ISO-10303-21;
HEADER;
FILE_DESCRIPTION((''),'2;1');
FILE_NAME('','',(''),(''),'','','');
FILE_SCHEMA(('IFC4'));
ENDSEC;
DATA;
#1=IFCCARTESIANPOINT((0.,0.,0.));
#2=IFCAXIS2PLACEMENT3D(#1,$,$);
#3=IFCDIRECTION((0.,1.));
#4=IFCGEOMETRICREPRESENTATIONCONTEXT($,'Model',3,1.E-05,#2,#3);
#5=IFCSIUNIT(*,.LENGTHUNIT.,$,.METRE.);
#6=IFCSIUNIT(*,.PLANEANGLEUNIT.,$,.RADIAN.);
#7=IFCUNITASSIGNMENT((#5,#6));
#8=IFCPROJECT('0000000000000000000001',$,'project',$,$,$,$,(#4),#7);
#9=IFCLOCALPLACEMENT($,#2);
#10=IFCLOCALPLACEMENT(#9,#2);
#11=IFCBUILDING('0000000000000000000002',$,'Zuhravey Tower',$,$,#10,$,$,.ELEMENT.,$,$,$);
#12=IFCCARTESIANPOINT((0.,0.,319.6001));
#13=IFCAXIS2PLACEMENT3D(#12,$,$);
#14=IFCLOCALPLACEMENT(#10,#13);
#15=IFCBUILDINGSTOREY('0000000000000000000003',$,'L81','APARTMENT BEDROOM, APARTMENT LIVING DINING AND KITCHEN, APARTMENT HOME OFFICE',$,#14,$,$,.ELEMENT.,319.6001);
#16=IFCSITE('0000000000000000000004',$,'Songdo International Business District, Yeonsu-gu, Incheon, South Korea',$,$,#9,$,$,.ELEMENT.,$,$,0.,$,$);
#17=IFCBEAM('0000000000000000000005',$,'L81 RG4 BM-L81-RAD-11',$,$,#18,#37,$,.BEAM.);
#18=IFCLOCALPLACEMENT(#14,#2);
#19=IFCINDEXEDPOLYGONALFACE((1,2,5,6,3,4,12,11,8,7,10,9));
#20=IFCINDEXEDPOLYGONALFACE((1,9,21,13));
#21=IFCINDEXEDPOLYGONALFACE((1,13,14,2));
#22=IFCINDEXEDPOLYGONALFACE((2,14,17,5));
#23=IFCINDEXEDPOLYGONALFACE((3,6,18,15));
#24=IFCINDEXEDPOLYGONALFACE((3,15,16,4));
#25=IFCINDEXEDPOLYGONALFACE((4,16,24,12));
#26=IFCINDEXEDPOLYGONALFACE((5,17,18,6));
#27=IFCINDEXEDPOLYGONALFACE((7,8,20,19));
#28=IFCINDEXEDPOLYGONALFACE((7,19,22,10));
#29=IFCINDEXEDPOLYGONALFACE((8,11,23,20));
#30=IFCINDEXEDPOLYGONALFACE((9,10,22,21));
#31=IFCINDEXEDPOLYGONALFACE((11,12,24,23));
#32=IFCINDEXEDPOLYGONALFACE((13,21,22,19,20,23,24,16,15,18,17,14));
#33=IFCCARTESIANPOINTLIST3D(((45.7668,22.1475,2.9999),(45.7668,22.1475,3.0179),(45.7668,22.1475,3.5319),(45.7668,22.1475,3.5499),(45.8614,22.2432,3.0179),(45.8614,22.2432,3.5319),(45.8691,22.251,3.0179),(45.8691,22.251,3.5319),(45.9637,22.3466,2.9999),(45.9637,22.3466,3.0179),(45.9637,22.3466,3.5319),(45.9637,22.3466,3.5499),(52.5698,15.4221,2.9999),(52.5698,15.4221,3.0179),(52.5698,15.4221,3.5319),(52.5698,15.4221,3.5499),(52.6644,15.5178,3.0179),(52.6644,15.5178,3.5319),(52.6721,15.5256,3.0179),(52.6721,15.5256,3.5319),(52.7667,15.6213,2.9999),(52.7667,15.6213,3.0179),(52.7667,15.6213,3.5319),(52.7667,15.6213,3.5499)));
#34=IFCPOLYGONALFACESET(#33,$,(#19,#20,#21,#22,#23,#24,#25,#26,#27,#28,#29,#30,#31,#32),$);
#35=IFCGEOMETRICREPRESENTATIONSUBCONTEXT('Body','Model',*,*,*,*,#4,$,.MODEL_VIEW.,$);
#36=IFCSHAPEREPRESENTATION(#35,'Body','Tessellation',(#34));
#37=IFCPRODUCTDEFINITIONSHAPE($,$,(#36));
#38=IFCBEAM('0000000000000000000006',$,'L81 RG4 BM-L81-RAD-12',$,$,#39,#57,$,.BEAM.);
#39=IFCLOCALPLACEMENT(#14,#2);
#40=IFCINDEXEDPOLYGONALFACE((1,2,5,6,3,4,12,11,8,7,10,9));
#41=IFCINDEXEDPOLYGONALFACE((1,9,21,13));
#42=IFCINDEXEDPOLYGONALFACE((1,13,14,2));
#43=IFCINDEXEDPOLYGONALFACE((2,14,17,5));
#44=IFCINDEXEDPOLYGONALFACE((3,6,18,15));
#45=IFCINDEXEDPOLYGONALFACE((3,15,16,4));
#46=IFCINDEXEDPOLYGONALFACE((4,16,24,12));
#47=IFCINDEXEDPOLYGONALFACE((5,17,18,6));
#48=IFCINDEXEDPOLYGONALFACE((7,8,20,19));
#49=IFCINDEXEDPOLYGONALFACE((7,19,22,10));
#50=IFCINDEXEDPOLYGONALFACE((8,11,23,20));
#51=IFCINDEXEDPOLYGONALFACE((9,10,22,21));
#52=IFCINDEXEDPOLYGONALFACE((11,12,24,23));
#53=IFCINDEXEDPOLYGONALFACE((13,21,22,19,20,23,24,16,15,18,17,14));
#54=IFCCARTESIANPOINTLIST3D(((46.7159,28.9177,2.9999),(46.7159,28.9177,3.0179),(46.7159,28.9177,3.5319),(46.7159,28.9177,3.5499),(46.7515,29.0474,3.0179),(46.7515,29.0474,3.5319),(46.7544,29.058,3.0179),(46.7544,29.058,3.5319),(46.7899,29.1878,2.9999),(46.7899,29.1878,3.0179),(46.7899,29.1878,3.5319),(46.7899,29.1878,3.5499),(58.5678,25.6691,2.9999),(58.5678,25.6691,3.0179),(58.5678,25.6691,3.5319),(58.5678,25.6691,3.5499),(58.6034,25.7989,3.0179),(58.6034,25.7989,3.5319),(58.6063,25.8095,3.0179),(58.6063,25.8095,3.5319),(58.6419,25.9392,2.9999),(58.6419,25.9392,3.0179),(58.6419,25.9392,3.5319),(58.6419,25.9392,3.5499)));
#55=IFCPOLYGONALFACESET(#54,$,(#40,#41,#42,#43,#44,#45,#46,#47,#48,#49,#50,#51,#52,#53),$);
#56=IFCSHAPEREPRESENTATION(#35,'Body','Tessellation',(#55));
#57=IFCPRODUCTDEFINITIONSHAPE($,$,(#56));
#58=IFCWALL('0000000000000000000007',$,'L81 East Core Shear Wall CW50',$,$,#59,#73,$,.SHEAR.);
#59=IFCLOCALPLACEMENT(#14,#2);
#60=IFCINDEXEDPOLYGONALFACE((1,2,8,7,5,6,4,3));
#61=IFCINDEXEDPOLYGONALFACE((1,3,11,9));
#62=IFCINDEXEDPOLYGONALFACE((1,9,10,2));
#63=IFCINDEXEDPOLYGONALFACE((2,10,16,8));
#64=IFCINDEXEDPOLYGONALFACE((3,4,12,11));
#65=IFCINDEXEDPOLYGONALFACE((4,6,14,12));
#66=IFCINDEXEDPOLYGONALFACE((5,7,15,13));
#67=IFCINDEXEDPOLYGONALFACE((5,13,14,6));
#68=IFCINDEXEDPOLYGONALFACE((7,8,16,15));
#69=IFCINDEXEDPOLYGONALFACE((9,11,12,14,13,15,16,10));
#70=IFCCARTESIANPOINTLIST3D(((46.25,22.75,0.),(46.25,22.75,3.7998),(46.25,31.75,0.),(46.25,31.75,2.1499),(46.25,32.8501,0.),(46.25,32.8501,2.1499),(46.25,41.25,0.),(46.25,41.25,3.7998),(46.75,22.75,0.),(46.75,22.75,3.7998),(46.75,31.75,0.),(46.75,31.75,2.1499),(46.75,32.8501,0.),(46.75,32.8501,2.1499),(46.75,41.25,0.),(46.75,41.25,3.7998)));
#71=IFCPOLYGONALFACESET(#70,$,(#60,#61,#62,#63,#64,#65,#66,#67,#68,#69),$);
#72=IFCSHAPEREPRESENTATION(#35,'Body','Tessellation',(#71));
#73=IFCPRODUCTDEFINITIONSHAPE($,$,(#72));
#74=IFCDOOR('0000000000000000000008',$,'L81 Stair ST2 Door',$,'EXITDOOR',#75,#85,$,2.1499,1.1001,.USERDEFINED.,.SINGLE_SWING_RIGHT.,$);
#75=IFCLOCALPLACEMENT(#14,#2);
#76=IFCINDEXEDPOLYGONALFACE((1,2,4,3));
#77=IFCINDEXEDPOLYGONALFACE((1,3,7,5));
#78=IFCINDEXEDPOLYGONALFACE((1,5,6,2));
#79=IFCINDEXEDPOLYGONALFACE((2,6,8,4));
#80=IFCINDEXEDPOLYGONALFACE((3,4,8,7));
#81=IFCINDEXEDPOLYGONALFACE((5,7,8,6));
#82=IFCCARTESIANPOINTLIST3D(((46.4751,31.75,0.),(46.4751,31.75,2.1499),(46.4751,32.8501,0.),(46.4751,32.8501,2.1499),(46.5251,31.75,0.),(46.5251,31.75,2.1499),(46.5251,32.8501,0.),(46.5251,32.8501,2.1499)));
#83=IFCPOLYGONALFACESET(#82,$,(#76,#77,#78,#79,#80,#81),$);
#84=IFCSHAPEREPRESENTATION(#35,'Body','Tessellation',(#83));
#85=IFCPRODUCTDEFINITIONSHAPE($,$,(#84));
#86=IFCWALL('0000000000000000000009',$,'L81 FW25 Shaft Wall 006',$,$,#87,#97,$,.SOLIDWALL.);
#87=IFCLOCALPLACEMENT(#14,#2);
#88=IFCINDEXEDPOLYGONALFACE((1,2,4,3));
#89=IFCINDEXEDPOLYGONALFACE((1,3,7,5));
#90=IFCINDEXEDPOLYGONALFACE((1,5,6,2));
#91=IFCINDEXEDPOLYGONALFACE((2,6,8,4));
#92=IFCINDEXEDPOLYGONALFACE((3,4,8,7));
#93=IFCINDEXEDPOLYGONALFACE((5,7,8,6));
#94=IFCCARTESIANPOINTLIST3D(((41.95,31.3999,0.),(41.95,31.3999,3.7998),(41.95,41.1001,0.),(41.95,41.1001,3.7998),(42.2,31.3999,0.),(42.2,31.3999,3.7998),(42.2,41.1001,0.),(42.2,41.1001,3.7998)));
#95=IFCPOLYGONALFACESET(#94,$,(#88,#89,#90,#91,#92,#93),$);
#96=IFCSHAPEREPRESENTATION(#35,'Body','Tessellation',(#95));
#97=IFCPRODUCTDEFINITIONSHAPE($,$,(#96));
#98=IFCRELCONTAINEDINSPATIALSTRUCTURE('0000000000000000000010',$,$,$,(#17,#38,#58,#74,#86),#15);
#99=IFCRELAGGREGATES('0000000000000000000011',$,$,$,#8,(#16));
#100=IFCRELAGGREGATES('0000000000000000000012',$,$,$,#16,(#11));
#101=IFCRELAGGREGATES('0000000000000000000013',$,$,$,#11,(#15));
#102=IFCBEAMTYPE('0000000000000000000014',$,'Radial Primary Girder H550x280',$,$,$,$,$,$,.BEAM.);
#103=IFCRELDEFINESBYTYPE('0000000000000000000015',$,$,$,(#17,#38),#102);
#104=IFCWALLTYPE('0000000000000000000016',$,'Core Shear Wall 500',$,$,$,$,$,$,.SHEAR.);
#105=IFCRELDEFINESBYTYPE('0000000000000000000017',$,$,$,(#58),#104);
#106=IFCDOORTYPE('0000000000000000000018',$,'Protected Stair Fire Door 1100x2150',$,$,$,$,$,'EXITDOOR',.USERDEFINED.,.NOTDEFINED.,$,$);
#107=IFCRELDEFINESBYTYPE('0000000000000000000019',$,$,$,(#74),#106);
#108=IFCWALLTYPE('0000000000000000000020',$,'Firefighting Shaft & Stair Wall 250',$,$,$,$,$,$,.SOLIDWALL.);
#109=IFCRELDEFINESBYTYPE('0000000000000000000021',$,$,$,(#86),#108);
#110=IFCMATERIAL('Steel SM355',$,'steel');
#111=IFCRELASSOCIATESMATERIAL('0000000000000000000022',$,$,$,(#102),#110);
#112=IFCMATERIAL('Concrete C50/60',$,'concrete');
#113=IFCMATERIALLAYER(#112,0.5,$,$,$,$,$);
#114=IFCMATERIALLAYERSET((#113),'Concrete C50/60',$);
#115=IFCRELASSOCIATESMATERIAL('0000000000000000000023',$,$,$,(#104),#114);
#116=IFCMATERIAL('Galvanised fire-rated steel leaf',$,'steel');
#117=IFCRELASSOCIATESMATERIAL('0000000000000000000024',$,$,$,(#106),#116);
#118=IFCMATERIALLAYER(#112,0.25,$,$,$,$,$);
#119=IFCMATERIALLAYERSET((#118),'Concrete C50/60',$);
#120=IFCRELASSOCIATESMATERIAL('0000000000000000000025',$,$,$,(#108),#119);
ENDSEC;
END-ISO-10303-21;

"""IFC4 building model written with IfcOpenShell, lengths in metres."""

from ifc_helpers import new_model, si_unit, direction, frame, frame_2d, origin, origin_2d, place, context, subcontext, project, spatial, rectangle, i_section, extrude, material, layer, layer_set, material_profile, profile_set, type_object, element, fill, save


model = new_model("IFC4")

# Units and contexts
model_context = context("Model", 3, precision=1e-05, world=origin(), true_north=direction((0.0, 1.0)))
body_context = subcontext(model_context, "Body", "Model", "MODEL_VIEW")
ifc_project = project(units=[si_unit("LENGTHUNIT", "METRE"), si_unit("PLANEANGLEUNIT", "RADIAN")], contexts=[model_context])

# Site, building, storey
site_placement = place(None, origin())
site = spatial("IfcSite", under=ifc_project, at=site_placement, Name="Songdo International Business District, Yeonsu-gu, Incheon, South Korea", CompositionType="ELEMENT", RefElevation=0.0)
building_placement = place(site_placement, origin())
building = spatial("IfcBuilding", under=site, at=building_placement, Name="Zuhravey Tower", CompositionType="ELEMENT")
storey_placement = place(building_placement, frame((0.0, 0.0, 319.6001)))
storey = spatial("IfcBuildingStorey", under=building, at=storey_placement, Name="L81", Description="APARTMENT BEDROOM, APARTMENT LIVING DINING AND KITCHEN, APARTMENT HOME OFFICE", CompositionType="ELEMENT", Elevation=319.6001)

# Beams
ifc_material_1 = material(Name="Steel SM355", Category="steel")
ifc_material_profile = material_profile(ifc_material_1, i_section(OverallWidth=0.28, OverallDepth=0.55, WebThickness=0.011, FlangeThickness=0.0181, at=origin_2d()), Name="H-550x280x11x18")
ifc_profile_set = profile_set([ifc_material_profile], Name="Steel SM355")
beam_type = type_object("IfcBeamType", Name="Radial Primary Girder H550x280", PredefinedType="BEAM", material=ifc_profile_set)
beam_1_placement = place(storey_placement, frame((45.8652, 22.2471, 3.2749), z_axis=(0.711153, -0.703037, 0.0), x_axis=(0.703037, 0.711153, 0.0)))
element("IfcBeam", 1, at=beam_1_placement, inside=storey, type_object=beam_type, Name="L81 RG4 BM-L81-RAD-11", PredefinedType="BEAM", context=body_context, shape_type="SweptSolid", body=[
    extrude(i_section(OverallWidth=0.28, OverallDepth=0.55, WebThickness=0.011, FlangeThickness=0.0181, at=origin_2d()), origin(), (0.0, 0.0, 1.0), 9.5662),
])
beam_2_placement = place(storey_placement, frame((46.7529, 29.0527, 3.2749), z_axis=(0.964428, -0.264346, 0.0), x_axis=(0.264346, 0.964428, 0.0)))
element("IfcBeam", 2, at=beam_2_placement, inside=storey, type_object=beam_type, Name="L81 RG4 BM-L81-RAD-12", PredefinedType="BEAM", context=body_context, shape_type="SweptSolid", body=[
    extrude(i_section(OverallWidth=0.28, OverallDepth=0.55, WebThickness=0.011, FlangeThickness=0.0181, at=origin_2d()), origin(), (0.0, 0.0, 1.0), 12.2891),
])

# Wall, opening, door
ifc_material_2 = material(Name="Concrete C50/60", Category="concrete")
ifc_layer_1 = layer(ifc_material_2, 0.5)
ifc_layer_set_1 = layer_set([ifc_layer_1], Name="Concrete C50/60")
wall_type_1 = type_object("IfcWallType", Name="Core Shear Wall 500", PredefinedType="SHEAR", material=ifc_layer_set_1)
wall_1_placement = place(storey_placement, frame((46.5, 22.75, 0.0), z_axis=(0.0, 0.0, 1.0), x_axis=(0.0, 1.0, 0.0)))
wall_1 = element("IfcWall", 3, at=wall_1_placement, inside=storey, type_object=wall_type_1, Name="L81 East Core Shear Wall CW50", PredefinedType="SHEAR", context=body_context, shape_type="SweptSolid", body=[
    extrude(rectangle(XDim=18.5, YDim=0.5, at=frame_2d((9.25, 0.0))), origin(), (0.0, 0.0, 1.0), 3.7998),
])
opening_1_placement = place(wall_1_placement, frame((9.0, 0.0, 0.0)))
opening_1 = element("IfcOpeningElement", 4, at=opening_1_placement, cuts=wall_1, PredefinedType="OPENING", context=body_context, shape_type="SweptSolid", body=[
    extrude(rectangle(XDim=1.1001, YDim=2.1499, at=frame_2d((0.55, 1.075))), frame((0.0, 0.262, 0.0), z_axis=(0.0, -1.0, 0.0), x_axis=(1.0, 0.0, 0.0)), (0.0, 0.0, 1.0), 0.5239),
])
ifc_material_3 = material(Name="Galvanised fire-rated steel leaf", Category="steel")
door_type_1 = type_object("IfcDoorType", Name="Protected Stair Fire Door 1100x2150", ElementType="EXITDOOR", OperationType="NOTDEFINED", PredefinedType="USERDEFINED", material=ifc_material_3)
door_1_placement = place(opening_1_placement, origin())
door_1 = element("IfcDoor", 5, at=door_1_placement, inside=storey, type_object=door_type_1, Name="L81 Stair ST2 Door", ObjectType="EXITDOOR", OperationType="SINGLE_SWING_RIGHT", OverallHeight=2.1499, OverallWidth=1.1001, PredefinedType="USERDEFINED", context=body_context, shape_type="SweptSolid", body=[
    extrude(rectangle(XDim=1.1001, YDim=2.1499, at=frame_2d((0.55, 1.075))), frame((0.0, 0.0249, 0.0), z_axis=(0.0, -1.0, 0.0), x_axis=(1.0, 0.0, 0.0)), (0.0, 0.0, 1.0), 0.05),
])
fill(opening_1, door_1)

# Wall
ifc_layer_2 = layer(ifc_material_2, 0.25)
ifc_layer_set_2 = layer_set([ifc_layer_2], Name="Concrete C50/60")
wall_type_2 = type_object("IfcWallType", Name="Firefighting Shaft & Stair Wall 250", PredefinedType="SOLIDWALL", material=ifc_layer_set_2)
wall_2_placement = place(storey_placement, frame((42.075, 31.3999, 0.0), z_axis=(0.0, 0.0, 1.0), x_axis=(0.0, 1.0, 0.0)))
element("IfcWall", 6, at=wall_2_placement, inside=storey, type_object=wall_type_2, Name="L81 FW25 Shaft Wall 006", PredefinedType="SOLIDWALL", context=body_context, shape_type="SweptSolid", body=[
    extrude(rectangle(XDim=9.7002, YDim=0.25, at=frame_2d((4.8501, 0.0))), origin(), (0.0, 0.0, 1.0), 3.7998),
])

save(model, "model.ifc")
